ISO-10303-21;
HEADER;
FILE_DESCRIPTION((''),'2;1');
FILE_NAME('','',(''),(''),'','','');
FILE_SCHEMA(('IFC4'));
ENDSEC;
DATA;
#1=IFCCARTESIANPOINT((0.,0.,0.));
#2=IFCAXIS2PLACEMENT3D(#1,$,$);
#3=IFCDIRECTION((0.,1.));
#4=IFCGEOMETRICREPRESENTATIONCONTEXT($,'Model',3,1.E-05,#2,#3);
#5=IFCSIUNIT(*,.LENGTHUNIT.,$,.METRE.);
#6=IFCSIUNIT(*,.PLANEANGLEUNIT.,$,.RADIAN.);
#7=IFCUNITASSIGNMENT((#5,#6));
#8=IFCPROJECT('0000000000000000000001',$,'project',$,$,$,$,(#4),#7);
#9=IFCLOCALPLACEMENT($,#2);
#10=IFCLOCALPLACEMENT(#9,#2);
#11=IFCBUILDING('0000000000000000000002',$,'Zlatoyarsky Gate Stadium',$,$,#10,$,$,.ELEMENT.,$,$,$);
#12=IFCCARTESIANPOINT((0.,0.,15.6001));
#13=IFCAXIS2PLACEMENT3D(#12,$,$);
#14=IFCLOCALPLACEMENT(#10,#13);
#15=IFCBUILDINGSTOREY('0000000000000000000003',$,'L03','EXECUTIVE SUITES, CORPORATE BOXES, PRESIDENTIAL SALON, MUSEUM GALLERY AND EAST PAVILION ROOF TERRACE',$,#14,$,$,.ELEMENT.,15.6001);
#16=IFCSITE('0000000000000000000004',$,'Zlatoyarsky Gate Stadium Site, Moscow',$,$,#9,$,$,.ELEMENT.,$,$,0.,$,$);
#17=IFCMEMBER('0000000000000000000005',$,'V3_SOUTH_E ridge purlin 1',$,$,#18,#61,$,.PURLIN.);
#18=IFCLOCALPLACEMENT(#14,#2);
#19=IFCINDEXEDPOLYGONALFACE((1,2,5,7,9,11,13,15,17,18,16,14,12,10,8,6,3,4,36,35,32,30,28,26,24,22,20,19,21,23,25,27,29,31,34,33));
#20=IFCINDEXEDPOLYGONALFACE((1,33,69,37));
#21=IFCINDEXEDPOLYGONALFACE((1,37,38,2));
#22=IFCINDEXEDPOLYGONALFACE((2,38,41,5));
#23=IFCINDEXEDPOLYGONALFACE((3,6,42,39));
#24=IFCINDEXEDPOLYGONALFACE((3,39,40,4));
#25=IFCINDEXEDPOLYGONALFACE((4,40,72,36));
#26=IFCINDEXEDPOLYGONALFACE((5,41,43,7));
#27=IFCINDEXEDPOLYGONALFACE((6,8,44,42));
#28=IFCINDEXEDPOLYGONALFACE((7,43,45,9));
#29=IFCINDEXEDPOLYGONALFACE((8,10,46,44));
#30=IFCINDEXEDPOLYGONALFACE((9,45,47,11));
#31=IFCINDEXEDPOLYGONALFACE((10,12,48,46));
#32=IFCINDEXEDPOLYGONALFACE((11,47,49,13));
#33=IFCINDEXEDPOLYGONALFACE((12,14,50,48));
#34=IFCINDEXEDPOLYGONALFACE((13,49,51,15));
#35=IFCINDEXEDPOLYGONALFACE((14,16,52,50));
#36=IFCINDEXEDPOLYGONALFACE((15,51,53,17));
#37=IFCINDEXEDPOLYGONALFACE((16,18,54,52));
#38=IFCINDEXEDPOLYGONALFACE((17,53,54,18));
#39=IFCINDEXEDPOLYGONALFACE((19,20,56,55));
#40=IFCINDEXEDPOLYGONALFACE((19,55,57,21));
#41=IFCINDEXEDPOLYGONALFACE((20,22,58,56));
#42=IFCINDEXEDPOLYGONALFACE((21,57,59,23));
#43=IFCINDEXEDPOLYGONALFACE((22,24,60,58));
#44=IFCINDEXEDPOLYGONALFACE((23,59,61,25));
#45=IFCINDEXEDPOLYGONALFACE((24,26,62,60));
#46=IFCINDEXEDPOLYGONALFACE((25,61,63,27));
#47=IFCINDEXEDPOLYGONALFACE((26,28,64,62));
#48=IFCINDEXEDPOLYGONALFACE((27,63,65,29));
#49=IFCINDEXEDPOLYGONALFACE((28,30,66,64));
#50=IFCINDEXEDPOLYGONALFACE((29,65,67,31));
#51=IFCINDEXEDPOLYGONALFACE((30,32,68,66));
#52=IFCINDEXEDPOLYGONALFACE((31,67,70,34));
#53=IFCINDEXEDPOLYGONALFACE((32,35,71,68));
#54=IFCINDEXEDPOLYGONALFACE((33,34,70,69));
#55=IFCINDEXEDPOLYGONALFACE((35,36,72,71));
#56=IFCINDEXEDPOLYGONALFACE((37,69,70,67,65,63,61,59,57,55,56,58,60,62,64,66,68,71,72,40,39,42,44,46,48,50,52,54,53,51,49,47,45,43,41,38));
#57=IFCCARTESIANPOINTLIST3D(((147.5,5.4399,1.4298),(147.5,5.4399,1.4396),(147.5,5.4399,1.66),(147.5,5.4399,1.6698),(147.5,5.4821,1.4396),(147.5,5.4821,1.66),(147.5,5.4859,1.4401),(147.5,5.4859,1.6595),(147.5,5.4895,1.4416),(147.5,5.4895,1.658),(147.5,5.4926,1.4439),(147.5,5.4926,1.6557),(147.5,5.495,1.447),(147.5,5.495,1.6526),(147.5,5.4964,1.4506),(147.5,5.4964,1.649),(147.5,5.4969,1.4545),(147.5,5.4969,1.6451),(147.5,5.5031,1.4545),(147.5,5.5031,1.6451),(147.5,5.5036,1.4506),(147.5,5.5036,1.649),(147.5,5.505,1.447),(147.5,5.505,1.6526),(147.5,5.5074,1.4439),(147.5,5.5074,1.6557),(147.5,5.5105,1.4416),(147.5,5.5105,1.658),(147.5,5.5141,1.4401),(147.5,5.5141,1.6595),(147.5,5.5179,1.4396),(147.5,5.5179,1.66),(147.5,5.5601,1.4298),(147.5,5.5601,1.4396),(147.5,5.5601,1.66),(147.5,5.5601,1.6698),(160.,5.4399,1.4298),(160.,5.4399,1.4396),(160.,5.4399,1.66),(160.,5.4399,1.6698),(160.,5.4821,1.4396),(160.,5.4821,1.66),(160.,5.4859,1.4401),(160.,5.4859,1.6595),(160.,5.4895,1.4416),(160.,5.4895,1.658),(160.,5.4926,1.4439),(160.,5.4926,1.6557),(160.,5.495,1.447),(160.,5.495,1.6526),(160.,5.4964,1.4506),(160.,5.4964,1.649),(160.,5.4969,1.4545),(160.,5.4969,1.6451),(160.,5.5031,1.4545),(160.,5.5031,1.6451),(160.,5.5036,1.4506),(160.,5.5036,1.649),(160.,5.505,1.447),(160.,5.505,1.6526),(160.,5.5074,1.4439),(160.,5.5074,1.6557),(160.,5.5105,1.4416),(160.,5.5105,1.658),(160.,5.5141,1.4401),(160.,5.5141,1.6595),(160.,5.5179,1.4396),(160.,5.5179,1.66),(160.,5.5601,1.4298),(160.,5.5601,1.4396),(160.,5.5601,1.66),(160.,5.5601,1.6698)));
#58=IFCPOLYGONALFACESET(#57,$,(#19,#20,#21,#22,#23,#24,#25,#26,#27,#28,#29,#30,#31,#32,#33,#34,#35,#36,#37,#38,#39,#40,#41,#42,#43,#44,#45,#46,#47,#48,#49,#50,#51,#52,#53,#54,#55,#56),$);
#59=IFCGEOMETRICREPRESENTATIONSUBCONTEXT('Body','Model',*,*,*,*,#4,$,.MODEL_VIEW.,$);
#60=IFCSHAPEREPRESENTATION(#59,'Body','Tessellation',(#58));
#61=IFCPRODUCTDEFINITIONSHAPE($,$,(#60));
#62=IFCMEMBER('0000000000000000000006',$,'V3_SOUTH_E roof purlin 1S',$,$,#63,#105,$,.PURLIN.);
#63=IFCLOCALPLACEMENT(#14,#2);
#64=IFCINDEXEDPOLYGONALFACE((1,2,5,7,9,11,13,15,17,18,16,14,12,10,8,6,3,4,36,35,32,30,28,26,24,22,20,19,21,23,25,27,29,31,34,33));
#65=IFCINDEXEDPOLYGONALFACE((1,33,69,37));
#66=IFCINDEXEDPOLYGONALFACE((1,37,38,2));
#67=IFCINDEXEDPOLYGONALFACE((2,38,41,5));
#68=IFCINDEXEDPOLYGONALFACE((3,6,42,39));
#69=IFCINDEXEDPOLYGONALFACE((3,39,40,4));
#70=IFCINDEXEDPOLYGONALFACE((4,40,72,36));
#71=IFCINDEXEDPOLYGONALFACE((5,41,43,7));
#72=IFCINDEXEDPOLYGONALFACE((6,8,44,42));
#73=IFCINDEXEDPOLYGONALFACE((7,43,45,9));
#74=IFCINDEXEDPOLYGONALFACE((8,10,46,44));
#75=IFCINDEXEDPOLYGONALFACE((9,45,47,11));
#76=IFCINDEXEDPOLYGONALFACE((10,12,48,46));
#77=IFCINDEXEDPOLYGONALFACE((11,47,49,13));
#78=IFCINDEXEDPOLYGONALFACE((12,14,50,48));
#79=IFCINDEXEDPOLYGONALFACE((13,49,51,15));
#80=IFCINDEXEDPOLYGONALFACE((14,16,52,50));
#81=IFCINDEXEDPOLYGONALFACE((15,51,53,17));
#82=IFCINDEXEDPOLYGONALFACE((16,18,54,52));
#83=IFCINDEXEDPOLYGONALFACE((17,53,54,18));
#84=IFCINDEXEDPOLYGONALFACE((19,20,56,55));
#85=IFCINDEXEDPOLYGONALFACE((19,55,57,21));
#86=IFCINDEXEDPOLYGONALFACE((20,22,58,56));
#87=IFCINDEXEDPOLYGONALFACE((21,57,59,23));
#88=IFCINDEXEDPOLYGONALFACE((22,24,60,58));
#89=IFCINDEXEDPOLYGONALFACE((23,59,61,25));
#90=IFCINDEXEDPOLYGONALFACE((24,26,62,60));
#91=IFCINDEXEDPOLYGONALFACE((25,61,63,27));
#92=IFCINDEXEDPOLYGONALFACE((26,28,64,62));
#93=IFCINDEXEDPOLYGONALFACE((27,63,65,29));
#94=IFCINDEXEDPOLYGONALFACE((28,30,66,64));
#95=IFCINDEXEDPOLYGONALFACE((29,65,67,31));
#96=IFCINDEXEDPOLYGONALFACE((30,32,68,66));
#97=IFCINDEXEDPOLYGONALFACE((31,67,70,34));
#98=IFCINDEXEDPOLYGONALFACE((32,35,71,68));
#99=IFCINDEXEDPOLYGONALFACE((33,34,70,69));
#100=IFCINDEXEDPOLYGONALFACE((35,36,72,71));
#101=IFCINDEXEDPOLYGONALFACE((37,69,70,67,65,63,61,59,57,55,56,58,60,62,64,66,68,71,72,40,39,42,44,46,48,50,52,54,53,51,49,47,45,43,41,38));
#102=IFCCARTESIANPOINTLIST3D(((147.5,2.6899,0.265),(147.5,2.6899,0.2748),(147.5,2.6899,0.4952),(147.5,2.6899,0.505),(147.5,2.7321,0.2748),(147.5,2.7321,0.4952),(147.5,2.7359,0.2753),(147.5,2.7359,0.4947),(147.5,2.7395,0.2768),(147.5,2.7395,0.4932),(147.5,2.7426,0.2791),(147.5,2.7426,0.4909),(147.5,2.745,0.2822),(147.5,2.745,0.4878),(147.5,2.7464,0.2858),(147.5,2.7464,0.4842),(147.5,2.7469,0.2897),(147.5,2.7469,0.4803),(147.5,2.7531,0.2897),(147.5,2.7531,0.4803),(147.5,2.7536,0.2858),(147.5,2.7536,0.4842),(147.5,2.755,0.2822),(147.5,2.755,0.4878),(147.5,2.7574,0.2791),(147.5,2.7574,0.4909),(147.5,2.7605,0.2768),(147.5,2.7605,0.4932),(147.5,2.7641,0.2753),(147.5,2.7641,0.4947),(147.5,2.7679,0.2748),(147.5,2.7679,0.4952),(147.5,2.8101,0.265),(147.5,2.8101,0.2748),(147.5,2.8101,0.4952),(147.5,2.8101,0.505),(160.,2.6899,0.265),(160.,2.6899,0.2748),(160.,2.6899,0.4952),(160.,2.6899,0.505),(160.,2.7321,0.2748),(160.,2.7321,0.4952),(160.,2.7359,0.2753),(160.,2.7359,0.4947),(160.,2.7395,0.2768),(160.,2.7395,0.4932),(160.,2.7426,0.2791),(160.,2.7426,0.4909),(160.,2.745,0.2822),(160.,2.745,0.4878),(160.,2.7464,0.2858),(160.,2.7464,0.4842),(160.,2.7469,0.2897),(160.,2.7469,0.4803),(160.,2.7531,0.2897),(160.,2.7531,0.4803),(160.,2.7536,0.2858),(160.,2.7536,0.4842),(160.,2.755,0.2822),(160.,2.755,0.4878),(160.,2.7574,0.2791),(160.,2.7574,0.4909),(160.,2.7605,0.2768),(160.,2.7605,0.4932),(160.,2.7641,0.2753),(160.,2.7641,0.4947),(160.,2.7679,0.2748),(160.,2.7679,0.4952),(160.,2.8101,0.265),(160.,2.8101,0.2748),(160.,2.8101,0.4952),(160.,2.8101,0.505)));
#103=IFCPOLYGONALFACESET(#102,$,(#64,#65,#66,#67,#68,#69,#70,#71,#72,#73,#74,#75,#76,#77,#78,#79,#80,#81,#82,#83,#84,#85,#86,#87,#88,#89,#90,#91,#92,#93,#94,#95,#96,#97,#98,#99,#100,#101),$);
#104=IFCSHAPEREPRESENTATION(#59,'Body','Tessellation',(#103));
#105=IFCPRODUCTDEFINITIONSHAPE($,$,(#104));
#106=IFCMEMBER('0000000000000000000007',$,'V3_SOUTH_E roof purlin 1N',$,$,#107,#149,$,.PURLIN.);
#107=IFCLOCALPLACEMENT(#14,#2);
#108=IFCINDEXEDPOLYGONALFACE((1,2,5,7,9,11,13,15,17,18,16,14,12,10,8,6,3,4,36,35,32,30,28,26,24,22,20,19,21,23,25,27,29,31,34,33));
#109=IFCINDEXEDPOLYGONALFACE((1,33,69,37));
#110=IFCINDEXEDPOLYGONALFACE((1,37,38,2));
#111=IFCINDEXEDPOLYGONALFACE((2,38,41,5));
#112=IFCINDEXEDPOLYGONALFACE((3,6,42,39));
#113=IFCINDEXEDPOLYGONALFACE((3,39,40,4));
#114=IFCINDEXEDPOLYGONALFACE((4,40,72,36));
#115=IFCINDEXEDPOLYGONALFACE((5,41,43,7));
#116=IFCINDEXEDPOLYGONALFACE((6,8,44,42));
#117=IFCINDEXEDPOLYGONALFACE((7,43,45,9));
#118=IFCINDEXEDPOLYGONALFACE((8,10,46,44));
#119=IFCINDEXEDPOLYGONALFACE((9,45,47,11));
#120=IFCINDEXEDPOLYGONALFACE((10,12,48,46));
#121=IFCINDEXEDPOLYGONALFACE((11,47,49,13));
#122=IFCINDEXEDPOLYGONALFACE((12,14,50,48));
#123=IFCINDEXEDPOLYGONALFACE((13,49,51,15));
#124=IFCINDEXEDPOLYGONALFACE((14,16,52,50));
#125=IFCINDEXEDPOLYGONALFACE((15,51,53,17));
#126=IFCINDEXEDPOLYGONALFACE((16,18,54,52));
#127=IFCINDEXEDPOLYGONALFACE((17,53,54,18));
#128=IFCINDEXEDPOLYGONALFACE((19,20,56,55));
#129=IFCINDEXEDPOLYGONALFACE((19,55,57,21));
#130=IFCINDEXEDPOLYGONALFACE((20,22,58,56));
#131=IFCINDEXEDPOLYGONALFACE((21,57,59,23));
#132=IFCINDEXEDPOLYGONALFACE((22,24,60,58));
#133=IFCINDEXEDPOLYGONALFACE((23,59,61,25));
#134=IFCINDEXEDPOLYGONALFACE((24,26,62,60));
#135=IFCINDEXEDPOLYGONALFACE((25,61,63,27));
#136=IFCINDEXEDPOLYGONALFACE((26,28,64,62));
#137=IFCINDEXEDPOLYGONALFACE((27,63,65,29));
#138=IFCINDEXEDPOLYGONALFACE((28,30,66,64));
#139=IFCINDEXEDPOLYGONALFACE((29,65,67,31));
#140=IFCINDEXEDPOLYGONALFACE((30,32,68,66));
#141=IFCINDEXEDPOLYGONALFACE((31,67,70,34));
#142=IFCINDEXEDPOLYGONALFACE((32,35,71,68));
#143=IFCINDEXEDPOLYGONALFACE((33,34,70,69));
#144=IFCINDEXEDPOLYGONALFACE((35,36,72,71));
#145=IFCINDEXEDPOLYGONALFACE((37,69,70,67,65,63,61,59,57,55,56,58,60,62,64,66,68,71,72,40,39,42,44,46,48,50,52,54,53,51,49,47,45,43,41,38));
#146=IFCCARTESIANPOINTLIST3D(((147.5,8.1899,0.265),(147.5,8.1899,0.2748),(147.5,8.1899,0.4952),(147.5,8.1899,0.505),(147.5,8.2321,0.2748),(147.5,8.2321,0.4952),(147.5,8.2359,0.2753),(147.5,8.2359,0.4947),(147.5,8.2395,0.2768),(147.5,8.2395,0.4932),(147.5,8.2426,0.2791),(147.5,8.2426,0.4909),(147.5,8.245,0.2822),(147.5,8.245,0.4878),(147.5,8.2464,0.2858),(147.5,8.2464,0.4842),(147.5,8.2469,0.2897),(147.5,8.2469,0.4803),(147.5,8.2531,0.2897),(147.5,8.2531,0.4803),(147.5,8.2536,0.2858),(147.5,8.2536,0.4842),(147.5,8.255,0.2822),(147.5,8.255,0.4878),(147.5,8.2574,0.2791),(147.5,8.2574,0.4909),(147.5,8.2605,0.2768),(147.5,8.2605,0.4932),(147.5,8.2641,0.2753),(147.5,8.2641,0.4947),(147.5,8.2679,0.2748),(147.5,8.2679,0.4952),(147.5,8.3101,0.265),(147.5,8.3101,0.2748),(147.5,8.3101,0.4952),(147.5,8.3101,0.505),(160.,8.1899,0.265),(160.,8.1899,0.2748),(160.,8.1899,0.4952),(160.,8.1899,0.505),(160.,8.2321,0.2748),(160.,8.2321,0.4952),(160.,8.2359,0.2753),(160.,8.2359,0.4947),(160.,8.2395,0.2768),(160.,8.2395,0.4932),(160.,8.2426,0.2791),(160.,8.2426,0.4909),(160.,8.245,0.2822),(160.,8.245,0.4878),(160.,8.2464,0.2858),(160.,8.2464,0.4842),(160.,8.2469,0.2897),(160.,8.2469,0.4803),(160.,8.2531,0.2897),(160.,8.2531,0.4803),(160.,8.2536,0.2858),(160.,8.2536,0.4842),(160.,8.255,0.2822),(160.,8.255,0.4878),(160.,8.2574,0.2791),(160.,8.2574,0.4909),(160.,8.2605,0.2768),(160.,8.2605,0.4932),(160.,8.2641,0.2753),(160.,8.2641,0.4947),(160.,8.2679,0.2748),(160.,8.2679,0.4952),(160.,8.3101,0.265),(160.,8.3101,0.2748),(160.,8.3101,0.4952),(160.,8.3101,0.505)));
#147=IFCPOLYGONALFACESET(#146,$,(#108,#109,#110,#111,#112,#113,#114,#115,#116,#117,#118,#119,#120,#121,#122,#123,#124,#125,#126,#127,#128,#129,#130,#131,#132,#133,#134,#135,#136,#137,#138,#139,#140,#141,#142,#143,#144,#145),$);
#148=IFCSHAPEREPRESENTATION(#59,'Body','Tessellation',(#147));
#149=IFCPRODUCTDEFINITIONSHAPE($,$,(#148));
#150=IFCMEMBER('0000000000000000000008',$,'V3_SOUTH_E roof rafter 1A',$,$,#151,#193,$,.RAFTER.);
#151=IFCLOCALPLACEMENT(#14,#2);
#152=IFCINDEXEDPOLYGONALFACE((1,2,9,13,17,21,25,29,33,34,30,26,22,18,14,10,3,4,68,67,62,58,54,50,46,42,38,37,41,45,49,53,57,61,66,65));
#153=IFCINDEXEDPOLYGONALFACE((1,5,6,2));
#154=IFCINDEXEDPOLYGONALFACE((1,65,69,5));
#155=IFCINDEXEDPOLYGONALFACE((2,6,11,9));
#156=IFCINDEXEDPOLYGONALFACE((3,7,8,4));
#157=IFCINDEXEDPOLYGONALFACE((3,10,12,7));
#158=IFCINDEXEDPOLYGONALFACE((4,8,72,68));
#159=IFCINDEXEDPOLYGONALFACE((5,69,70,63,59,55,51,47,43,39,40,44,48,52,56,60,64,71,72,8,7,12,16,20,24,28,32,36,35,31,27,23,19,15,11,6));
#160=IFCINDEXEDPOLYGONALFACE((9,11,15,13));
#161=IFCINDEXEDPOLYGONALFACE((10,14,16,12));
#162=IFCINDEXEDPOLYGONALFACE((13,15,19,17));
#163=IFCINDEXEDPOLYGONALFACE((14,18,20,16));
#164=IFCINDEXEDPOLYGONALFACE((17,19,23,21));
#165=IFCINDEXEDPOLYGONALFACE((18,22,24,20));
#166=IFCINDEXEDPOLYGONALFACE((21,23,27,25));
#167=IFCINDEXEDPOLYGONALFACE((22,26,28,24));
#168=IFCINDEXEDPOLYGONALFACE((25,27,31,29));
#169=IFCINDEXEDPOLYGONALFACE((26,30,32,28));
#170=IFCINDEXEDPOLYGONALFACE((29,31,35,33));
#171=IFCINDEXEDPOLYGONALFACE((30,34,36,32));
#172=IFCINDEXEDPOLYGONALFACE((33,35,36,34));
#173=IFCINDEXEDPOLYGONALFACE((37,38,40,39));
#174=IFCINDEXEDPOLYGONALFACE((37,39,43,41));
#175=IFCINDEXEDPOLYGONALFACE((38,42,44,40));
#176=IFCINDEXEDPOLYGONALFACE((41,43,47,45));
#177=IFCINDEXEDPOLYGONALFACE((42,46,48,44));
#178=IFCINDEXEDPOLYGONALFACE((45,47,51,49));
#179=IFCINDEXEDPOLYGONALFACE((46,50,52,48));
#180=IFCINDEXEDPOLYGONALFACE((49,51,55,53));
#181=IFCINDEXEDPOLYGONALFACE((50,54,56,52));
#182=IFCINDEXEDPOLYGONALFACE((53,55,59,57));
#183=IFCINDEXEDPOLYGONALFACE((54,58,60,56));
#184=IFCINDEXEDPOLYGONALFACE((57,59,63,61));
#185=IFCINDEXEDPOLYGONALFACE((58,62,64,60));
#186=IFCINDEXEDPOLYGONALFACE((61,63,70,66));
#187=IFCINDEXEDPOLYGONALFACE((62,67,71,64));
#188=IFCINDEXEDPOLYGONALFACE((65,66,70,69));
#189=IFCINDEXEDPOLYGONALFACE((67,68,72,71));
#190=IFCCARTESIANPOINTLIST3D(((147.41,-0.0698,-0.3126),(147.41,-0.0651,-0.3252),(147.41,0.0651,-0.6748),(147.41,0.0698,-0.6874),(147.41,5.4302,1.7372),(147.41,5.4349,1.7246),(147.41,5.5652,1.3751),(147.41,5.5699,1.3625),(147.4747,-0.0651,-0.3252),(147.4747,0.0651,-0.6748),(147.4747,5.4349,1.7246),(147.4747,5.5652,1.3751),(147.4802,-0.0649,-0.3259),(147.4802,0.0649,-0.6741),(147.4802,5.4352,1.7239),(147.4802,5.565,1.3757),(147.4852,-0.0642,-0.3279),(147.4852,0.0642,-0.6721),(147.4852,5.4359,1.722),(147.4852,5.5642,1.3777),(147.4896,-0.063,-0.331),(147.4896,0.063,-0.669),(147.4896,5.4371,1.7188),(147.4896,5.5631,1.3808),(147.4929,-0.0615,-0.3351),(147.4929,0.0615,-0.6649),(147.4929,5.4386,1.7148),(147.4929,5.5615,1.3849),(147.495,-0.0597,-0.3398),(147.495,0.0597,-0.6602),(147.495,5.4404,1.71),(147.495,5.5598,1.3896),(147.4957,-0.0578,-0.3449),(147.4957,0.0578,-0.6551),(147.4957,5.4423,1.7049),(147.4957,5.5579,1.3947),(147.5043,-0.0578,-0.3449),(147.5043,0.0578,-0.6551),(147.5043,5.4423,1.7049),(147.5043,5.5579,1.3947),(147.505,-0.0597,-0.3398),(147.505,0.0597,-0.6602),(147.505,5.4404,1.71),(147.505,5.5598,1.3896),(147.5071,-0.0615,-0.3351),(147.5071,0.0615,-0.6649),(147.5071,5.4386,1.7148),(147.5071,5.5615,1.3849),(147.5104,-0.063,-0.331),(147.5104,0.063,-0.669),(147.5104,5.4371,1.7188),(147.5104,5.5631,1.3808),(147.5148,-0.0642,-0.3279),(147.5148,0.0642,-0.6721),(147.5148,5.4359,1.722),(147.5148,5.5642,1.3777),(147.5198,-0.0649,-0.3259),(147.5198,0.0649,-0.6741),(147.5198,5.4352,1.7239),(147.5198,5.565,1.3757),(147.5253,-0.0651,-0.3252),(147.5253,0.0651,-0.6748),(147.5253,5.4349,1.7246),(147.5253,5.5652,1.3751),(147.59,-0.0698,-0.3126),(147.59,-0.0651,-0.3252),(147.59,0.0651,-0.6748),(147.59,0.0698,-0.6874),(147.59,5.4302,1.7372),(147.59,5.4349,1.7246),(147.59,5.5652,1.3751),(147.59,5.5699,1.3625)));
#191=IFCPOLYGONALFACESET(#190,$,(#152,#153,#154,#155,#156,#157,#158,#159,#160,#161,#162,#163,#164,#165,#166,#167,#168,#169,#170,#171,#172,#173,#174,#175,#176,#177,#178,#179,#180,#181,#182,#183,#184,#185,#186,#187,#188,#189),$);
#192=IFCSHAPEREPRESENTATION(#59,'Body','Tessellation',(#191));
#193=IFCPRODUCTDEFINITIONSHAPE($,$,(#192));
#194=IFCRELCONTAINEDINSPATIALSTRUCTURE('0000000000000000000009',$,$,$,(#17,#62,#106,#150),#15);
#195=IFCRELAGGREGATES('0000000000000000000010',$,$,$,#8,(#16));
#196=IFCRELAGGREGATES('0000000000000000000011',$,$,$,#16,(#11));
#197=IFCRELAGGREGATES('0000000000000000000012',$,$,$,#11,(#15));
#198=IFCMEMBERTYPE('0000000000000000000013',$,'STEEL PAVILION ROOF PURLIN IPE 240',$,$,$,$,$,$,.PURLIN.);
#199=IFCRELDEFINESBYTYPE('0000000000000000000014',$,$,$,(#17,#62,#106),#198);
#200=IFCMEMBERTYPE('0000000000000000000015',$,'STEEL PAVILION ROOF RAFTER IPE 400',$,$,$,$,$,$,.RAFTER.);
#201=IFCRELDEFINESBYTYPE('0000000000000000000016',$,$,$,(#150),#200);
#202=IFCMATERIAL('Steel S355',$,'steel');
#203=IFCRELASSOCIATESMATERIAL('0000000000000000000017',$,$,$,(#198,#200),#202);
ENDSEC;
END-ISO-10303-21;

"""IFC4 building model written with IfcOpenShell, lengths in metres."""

from ifc_helpers import new_model, si_unit, direction, frame, origin, origin_2d, place, context, subcontext, project, spatial, i_section, extrude, material, material_profile, profile_set, type_object, element, save


model = new_model("IFC4")

# Units and contexts
model_context = context("Model", 3, precision=1e-05, world=origin(), true_north=direction((0.0, 1.0)))
body_context = subcontext(model_context, "Body", "Model", "MODEL_VIEW")
ifc_project = project(units=[si_unit("LENGTHUNIT", "METRE"), si_unit("PLANEANGLEUNIT", "RADIAN")], contexts=[model_context])

# Site, building, storey
site_placement = place(None, origin())
site = spatial("IfcSite", under=ifc_project, at=site_placement, Name="Zlatoyarsky Gate Stadium Site, Moscow", CompositionType="ELEMENT", RefElevation=0.0)
building_placement = place(site_placement, origin())
building = spatial("IfcBuilding", under=site, at=building_placement, Name="Zlatoyarsky Gate Stadium", CompositionType="ELEMENT")
storey_placement = place(building_placement, frame((0.0, 0.0, 15.6001)))
storey = spatial("IfcBuildingStorey", under=building, at=storey_placement, Name="L03", Description="EXECUTIVE SUITES, CORPORATE BOXES, PRESIDENTIAL SALON, MUSEUM GALLERY AND EAST PAVILION ROOF TERRACE", CompositionType="ELEMENT", Elevation=15.6001)

# Shared definitions
ifc_material_1 = material(Name="Steel S355", Category="steel")

# Members
ifc_material_profile_1 = material_profile(ifc_material_1, i_section(OverallWidth=0.1201, OverallDepth=0.24, WebThickness=0.0061, FlangeThickness=0.0098, FilletRadius=0.0149, at=origin_2d()), Name="IPE 240")
ifc_profile_set_1 = profile_set([ifc_material_profile_1], Name="Steel S355")
member_type_1 = type_object("IfcMemberType", Name="STEEL PAVILION ROOF PURLIN IPE 240", PredefinedType="PURLIN", material=ifc_profile_set_1)
for number, where, z_axis, x_axis, name in (
    (1, (147.5, 5.5, 1.5498), (1.0, 0.0, 0.0), (0.0, 1.0, 0.0), "V3_SOUTH_E ridge purlin 1"),
    (2, (147.5, 2.75, 0.385), (1.0, 0.0, 0.0), (0.0, 1.0, 0.0), "V3_SOUTH_E roof purlin 1S"),
    (3, (147.5, 8.25, 0.385), (1.0, 0.0, 0.0), (0.0, 1.0, 0.0), "V3_SOUTH_E roof purlin 1N"),
):
    element("IfcMember", number, at=place(storey_placement, frame(where, z_axis=z_axis, x_axis=x_axis)), inside=storey, type_object=member_type_1, Name=name, PredefinedType="PURLIN", context=body_context, shape_type="SweptSolid", body=[
        extrude(i_section(OverallWidth=0.1201, OverallDepth=0.24, WebThickness=0.0061, FlangeThickness=0.0098, FilletRadius=0.0149, at=origin_2d()), origin(), (0.0, 0.0, 1.0), 12.5),
    ])
ifc_material_profile_2 = material_profile(ifc_material_1, i_section(OverallWidth=0.1799, OverallDepth=0.3999, WebThickness=0.0085, FlangeThickness=0.0134, FilletRadius=0.021, at=origin_2d()), Name="IPE 400")
ifc_profile_set_2 = profile_set([ifc_material_profile_2], Name="Steel S355")
member_type_2 = type_object("IfcMemberType", Name="STEEL PAVILION ROOF RAFTER IPE 400", PredefinedType="RAFTER", material=ifc_profile_set_2)
for number, where, z_axis, x_axis, name in (
    (4, (147.5, 0.0, -0.5), (0.0, 0.937038, 0.349226), (-1.0, 0.0, 0.0), "V3_SOUTH_E roof rafter 1A"),
):
    element("IfcMember", number, at=place(storey_placement, frame(where, z_axis=z_axis, x_axis=x_axis)), inside=storey, type_object=member_type_2, Name=name, PredefinedType="RAFTER", context=body_context, shape_type="SweptSolid", body=[
        extrude(i_section(OverallWidth=0.1799, OverallDepth=0.3999, WebThickness=0.0085, FlangeThickness=0.0134, FilletRadius=0.021, at=origin_2d()), origin(), (0.0, 0.0, 1.0), 5.8696),
    ])

save(model, "model.ifc")
